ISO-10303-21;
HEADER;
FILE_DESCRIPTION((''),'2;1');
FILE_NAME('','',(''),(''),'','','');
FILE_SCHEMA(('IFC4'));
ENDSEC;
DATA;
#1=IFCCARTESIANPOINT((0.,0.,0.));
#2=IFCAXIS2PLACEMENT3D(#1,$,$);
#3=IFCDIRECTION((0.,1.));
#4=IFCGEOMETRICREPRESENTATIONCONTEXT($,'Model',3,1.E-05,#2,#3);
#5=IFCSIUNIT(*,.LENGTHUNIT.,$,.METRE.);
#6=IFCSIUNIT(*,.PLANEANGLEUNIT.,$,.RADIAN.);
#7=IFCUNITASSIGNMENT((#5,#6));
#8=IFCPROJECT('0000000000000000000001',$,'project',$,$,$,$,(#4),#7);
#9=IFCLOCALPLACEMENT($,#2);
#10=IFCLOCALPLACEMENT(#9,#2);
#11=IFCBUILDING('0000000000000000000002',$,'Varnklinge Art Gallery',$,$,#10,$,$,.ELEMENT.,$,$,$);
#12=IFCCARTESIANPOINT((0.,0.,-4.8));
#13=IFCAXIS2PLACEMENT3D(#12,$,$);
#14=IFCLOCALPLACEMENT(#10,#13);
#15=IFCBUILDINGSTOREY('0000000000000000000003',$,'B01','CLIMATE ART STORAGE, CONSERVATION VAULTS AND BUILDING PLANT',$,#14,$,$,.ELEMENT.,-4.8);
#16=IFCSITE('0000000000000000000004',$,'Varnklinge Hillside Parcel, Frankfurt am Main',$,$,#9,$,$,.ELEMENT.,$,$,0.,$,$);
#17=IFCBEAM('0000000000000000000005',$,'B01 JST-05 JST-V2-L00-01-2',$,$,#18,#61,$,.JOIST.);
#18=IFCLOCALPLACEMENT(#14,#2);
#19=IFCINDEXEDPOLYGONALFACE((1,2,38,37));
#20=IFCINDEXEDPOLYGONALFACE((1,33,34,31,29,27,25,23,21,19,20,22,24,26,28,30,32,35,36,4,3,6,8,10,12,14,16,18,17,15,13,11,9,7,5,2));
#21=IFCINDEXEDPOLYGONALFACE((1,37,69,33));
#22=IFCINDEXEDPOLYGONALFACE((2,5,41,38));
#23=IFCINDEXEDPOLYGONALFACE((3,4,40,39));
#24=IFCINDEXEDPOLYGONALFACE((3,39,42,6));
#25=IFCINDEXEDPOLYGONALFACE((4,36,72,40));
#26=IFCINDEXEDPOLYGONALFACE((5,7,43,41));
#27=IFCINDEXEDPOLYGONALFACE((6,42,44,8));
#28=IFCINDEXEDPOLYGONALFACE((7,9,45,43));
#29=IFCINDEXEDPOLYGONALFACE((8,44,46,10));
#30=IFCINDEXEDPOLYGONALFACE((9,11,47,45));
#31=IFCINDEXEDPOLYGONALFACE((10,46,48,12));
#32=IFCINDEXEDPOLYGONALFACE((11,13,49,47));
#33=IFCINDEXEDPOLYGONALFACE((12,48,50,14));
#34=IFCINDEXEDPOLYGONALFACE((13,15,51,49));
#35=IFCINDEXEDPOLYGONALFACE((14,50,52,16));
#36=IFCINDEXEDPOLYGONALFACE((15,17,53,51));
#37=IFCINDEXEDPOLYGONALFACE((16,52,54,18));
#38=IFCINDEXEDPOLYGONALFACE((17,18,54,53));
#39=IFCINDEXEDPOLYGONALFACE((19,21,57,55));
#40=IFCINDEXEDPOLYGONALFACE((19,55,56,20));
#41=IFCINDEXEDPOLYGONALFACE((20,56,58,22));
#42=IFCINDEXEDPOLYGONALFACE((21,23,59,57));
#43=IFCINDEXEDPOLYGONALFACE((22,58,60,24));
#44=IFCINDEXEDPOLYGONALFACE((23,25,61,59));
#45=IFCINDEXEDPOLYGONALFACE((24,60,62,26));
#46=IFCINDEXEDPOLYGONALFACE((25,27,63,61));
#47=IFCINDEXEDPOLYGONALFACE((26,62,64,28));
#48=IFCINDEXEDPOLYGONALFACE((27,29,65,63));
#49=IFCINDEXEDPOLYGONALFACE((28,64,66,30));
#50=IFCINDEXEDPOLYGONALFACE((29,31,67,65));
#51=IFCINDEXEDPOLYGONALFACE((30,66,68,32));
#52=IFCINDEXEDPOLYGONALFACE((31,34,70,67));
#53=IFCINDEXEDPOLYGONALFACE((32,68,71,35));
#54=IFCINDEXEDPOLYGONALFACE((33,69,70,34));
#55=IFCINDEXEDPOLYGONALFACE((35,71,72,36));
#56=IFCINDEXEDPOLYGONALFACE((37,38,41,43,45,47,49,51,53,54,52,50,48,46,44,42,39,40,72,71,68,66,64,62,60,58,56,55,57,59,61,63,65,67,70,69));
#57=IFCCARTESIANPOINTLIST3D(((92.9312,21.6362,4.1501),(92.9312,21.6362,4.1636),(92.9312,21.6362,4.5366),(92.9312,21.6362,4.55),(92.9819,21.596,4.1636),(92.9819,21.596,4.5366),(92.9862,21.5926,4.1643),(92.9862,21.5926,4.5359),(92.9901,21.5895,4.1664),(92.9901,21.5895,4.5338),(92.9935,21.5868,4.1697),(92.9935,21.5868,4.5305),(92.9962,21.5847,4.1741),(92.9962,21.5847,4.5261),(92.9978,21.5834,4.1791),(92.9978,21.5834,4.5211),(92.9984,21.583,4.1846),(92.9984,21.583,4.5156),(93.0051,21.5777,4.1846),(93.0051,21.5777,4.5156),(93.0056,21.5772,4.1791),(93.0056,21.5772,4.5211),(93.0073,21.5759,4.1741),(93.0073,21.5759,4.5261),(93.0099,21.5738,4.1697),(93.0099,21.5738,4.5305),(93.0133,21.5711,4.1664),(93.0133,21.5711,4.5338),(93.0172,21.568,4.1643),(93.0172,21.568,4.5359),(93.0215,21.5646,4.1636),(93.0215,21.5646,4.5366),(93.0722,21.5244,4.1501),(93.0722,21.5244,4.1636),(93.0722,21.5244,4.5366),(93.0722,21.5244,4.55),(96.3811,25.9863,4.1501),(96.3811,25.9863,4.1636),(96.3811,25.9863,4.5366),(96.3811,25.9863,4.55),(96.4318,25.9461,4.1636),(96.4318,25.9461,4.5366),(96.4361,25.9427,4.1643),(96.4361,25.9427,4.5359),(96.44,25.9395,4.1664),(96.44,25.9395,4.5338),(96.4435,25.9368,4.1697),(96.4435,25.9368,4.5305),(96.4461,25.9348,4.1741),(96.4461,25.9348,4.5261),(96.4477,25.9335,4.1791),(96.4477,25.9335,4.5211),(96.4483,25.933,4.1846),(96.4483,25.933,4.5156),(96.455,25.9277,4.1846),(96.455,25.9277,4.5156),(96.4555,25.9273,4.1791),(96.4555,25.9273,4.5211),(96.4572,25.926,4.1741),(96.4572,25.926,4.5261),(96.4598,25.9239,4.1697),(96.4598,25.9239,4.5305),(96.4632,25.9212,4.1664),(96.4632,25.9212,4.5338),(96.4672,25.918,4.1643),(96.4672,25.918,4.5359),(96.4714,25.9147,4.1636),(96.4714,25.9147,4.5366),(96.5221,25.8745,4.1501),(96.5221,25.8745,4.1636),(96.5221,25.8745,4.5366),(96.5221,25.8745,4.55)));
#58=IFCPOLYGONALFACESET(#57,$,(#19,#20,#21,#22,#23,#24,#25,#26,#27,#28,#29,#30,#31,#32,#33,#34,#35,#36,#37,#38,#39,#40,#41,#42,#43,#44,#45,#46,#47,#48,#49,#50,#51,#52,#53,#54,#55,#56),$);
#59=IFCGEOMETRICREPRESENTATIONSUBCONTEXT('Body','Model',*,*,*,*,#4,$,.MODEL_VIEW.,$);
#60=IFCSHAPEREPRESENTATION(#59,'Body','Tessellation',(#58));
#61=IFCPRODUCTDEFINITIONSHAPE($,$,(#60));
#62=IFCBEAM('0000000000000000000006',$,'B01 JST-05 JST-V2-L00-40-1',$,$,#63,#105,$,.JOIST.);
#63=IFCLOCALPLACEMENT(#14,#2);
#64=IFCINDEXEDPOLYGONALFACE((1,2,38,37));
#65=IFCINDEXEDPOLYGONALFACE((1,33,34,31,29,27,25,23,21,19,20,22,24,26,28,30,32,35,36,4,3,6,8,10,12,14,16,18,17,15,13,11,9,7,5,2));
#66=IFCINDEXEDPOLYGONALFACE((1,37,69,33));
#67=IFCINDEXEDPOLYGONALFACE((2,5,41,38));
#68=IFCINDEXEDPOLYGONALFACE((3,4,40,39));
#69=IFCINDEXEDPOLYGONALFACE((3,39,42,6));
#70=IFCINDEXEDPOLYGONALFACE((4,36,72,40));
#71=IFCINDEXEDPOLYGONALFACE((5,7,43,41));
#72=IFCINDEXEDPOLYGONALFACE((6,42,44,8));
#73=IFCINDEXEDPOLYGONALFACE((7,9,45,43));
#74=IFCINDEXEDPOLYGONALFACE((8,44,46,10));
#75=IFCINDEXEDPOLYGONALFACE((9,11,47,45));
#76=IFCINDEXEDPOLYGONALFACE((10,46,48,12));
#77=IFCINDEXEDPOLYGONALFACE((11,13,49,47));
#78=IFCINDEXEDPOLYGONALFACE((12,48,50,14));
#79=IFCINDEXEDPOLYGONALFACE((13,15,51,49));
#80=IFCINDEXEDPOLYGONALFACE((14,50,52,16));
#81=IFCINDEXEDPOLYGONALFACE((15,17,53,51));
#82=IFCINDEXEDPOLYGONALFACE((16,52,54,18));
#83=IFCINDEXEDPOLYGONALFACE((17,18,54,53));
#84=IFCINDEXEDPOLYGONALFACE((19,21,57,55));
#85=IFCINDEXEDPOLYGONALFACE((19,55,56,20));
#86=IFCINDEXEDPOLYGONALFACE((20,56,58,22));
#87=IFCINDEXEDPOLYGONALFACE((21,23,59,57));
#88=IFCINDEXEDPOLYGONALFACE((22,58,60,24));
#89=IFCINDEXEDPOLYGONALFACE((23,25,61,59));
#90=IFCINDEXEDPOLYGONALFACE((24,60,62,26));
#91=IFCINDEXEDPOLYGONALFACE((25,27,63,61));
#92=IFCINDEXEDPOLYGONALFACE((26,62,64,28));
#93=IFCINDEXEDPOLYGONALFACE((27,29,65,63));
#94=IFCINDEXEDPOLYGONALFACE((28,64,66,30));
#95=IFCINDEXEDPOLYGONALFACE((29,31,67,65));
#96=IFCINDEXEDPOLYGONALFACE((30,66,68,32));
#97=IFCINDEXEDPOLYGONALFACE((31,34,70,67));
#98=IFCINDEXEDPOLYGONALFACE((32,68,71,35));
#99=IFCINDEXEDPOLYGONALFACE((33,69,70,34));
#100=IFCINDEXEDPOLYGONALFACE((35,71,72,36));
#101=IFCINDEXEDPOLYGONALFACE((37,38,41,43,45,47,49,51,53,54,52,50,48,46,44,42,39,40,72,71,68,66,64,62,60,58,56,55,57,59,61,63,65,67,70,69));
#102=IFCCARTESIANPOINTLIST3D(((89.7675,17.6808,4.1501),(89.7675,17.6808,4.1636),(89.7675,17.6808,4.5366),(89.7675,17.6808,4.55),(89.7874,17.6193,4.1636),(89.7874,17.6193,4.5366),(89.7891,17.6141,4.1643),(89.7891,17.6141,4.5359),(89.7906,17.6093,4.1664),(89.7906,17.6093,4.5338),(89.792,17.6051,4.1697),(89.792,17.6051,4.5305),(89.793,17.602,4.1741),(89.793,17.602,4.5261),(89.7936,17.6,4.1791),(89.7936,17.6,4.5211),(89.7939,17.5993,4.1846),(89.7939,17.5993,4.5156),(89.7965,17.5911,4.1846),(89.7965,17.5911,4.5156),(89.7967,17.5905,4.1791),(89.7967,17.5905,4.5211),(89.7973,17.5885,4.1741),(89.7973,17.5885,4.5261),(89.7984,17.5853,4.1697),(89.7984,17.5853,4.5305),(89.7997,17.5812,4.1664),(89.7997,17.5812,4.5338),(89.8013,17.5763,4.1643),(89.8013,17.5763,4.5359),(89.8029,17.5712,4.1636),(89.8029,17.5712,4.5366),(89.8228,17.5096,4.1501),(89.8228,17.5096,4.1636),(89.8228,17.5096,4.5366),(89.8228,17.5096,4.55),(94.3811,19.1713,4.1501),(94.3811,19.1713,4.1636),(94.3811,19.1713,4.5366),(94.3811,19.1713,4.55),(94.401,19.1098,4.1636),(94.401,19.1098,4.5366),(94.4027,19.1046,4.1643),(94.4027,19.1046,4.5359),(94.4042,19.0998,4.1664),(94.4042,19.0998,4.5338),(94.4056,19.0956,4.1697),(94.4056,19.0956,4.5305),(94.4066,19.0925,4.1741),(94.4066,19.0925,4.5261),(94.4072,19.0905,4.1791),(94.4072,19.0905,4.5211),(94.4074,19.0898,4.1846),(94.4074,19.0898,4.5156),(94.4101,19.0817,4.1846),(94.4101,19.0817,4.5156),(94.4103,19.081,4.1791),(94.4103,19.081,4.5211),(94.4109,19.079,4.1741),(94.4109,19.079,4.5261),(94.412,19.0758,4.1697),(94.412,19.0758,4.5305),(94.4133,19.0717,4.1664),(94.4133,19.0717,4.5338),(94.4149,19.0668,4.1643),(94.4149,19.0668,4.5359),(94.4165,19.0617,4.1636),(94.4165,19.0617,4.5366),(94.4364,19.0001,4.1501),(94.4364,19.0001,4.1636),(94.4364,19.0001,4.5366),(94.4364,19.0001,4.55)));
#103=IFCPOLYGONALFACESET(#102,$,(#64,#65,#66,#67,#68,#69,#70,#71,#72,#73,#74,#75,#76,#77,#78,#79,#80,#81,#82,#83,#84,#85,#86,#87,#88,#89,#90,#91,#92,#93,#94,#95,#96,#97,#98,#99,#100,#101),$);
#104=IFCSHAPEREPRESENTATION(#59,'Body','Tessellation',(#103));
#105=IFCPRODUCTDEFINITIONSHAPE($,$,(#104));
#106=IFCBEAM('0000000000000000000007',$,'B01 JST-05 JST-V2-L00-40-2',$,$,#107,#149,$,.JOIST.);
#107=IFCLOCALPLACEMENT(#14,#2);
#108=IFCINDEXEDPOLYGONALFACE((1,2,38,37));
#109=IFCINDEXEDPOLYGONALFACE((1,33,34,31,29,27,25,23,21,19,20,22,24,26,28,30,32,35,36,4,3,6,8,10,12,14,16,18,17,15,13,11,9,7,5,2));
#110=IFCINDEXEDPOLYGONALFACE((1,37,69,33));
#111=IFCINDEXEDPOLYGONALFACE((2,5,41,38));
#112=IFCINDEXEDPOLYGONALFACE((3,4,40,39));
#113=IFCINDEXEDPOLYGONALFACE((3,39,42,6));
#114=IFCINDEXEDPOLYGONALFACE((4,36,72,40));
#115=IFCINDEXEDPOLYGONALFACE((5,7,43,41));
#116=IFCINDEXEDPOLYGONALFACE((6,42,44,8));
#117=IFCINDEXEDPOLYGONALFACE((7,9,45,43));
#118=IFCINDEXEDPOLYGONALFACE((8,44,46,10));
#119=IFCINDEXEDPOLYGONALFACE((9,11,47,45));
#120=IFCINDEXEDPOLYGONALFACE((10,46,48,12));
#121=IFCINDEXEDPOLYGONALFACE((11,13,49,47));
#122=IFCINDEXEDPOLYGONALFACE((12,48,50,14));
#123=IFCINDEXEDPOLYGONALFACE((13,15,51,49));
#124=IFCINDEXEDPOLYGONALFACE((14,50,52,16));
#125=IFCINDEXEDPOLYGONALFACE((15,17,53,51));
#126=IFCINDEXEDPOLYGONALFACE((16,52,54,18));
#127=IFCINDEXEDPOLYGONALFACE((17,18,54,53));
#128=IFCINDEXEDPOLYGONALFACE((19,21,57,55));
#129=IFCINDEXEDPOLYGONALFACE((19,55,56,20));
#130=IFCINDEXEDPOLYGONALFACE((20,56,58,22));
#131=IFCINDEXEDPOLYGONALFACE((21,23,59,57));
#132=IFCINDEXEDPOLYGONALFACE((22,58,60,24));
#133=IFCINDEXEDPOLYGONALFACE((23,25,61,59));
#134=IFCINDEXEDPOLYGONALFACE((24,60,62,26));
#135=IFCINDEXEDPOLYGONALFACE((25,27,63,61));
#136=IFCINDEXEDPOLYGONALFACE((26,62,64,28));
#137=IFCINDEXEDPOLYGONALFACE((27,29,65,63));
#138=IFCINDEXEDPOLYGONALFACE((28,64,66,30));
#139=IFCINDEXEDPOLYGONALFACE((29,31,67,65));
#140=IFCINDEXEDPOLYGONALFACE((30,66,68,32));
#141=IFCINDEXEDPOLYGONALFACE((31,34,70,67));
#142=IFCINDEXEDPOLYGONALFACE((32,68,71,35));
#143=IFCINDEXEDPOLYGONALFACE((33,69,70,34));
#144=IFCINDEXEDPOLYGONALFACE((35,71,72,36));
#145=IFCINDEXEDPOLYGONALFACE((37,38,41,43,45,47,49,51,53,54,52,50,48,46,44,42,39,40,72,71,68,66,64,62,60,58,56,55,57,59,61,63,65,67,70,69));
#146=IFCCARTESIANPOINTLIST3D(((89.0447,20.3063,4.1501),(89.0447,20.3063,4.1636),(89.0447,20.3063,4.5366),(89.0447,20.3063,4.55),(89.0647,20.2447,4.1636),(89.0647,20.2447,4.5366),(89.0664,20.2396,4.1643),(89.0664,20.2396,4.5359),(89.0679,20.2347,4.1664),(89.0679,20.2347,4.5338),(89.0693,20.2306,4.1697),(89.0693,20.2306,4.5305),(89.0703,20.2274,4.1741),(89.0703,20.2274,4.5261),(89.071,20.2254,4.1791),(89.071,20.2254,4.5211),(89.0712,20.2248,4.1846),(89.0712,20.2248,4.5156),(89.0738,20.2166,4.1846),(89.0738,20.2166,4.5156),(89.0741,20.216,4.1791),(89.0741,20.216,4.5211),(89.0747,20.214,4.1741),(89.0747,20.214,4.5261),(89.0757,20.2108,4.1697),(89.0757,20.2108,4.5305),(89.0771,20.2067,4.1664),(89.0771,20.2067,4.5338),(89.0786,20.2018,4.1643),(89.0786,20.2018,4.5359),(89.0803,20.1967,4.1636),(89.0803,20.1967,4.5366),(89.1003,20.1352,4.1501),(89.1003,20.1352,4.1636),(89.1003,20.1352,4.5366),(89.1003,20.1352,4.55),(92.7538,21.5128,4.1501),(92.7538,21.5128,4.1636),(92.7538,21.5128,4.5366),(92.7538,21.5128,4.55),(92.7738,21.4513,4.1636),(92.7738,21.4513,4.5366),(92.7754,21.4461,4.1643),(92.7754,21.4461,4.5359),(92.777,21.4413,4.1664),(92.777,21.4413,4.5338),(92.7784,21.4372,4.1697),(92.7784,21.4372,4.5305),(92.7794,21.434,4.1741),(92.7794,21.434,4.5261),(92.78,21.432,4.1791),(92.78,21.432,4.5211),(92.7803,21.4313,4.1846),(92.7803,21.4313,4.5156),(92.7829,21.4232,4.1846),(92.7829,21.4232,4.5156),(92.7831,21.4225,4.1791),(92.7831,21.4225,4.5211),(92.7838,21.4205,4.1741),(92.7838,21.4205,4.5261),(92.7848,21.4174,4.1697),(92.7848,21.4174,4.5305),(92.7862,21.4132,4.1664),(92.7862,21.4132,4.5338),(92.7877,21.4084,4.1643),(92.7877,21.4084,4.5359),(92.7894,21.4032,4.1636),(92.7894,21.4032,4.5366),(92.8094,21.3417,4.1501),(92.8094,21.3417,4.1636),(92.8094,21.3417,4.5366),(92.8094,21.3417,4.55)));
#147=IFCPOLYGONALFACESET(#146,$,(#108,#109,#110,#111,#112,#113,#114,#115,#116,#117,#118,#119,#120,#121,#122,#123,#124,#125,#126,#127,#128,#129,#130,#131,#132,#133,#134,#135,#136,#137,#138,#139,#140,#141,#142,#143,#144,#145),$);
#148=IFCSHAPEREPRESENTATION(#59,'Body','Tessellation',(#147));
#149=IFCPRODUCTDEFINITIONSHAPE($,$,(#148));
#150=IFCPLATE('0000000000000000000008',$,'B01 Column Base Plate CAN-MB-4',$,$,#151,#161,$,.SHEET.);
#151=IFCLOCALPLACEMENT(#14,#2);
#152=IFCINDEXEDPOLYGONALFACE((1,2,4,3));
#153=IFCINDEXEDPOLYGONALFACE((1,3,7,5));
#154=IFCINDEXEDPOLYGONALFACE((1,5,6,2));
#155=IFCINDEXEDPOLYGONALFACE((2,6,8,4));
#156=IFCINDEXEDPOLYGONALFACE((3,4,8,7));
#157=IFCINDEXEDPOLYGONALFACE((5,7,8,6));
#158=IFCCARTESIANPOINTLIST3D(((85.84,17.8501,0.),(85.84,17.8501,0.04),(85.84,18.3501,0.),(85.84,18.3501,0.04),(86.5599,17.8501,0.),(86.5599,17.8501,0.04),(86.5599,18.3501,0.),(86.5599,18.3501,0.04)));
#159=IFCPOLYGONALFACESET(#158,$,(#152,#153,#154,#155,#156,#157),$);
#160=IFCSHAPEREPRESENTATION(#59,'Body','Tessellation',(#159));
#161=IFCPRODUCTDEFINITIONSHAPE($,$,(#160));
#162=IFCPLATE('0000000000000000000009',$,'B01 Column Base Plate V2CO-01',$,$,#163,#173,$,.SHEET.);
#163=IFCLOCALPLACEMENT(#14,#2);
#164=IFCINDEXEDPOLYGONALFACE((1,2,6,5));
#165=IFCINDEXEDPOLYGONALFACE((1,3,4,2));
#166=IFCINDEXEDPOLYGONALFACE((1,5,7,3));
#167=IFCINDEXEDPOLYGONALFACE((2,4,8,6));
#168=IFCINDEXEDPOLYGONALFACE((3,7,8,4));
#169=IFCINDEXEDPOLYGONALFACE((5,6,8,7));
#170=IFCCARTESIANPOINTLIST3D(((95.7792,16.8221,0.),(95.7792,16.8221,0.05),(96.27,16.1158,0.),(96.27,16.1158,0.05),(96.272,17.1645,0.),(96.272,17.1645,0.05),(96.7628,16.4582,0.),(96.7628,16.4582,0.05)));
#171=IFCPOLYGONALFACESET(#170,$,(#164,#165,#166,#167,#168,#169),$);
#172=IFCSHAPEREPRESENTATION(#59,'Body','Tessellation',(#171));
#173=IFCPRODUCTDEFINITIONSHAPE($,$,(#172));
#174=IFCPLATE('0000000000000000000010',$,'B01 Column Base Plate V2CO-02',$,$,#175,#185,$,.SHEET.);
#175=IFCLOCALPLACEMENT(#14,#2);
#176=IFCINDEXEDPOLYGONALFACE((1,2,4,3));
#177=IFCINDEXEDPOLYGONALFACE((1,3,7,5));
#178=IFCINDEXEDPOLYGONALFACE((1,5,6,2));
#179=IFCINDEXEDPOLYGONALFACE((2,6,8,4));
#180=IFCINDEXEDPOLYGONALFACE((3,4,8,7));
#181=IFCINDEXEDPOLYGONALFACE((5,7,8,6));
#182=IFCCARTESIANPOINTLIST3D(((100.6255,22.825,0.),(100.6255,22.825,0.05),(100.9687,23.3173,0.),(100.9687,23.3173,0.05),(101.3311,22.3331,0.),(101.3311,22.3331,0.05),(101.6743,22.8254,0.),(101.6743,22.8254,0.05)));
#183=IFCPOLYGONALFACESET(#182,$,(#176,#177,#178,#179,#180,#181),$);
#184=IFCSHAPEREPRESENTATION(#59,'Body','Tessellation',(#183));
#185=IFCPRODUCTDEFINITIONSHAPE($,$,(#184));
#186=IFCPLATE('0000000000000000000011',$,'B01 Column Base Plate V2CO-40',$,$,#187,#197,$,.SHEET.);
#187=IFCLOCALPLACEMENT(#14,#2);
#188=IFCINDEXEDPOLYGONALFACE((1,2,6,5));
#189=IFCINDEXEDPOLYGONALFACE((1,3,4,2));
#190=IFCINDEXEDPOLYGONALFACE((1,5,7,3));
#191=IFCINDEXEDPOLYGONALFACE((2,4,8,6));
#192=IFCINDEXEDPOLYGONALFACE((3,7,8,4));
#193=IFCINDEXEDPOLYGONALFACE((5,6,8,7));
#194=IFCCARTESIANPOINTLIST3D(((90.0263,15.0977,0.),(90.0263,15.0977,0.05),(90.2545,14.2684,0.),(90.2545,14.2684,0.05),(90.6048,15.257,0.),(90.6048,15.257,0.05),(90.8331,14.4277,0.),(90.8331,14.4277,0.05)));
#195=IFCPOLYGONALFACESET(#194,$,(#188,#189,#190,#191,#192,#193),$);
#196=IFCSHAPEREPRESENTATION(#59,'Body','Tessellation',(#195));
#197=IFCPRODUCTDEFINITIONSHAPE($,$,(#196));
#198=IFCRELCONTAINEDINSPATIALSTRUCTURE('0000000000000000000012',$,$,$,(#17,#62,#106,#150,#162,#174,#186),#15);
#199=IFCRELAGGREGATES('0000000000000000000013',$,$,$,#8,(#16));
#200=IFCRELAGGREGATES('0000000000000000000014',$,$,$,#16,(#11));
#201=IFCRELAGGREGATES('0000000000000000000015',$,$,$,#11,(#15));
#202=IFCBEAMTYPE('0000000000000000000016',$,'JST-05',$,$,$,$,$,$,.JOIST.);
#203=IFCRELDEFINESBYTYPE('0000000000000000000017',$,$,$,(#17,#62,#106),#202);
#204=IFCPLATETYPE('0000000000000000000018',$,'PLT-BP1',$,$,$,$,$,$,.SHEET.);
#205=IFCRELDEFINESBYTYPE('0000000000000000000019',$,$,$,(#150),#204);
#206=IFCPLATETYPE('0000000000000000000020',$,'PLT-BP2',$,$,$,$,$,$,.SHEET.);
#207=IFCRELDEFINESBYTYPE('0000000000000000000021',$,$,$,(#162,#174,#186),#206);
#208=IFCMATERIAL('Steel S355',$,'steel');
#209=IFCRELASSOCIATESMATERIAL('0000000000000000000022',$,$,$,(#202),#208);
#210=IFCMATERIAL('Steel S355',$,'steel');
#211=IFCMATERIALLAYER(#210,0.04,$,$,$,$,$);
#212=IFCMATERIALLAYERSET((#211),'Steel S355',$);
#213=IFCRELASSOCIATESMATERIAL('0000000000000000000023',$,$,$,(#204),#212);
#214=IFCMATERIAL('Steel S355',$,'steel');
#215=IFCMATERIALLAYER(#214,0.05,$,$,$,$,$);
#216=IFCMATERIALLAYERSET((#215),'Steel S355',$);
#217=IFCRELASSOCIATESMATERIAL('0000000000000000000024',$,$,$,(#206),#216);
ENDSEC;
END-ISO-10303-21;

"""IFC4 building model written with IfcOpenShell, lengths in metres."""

from ifc_helpers import new_model, si_unit, direction, frame, origin, origin_2d, place, context, subcontext, project, spatial, rectangle, i_section, extrude, material, layer, layer_set, material_profile, profile_set, type_object, element, save


model = new_model("IFC4")

# Units and contexts
model_context = context("Model", 3, precision=1e-05, world=origin(), true_north=direction((0.0, 1.0)))
body_context = subcontext(model_context, "Body", "Model", "MODEL_VIEW")
ifc_project = project(units=[si_unit("LENGTHUNIT", "METRE"), si_unit("PLANEANGLEUNIT", "RADIAN")], contexts=[model_context])

# Site, building, storey
site_placement = place(None, origin())
site = spatial("IfcSite", under=ifc_project, at=site_placement, Name="Varnklinge Hillside Parcel, Frankfurt am Main", CompositionType="ELEMENT", RefElevation=0.0)
building_placement = place(site_placement, origin())
building = spatial("IfcBuilding", under=site, at=building_placement, Name="Varnklinge Art Gallery", CompositionType="ELEMENT")
storey_placement = place(building_placement, frame((0.0, 0.0, -4.8)))
storey = spatial("IfcBuildingStorey", under=building, at=storey_placement, Name="B01", Description="CLIMATE ART STORAGE, CONSERVATION VAULTS AND BUILDING PLANT", CompositionType="ELEMENT", Elevation=-4.8)

# Beams
ifc_material_1 = material(Name="Steel S355", Category="steel")
ifc_material_profile_1 = material_profile(ifc_material_1, i_section(OverallWidth=0.1799, OverallDepth=0.3999, WebThickness=0.0085, FlangeThickness=0.0134, FilletRadius=0.021, at=origin_2d()), Name="IPE 400")
ifc_profile_set_1 = profile_set([ifc_material_profile_1], Name="Steel S355")
beam_type_1 = type_object("IfcBeamType", Name="JST-05", PredefinedType="JOIST", material=ifc_profile_set_1)
beam_1_placement = place(storey_placement, frame((93.0017, 21.5803, 4.3501), z_axis=(0.621381, 0.783509, 0.0), x_axis=(-0.783509, 0.621381, 0.0)))
element("IfcBeam", 1, at=beam_1_placement, inside=storey, type_object=beam_type_1, Name="B01 JST-05 JST-V2-L00-01-2", PredefinedType="JOIST", context=body_context, shape_type="SweptSolid", body=[
    extrude(i_section(OverallWidth=0.1799, OverallDepth=0.3999, WebThickness=0.0085, FlangeThickness=0.0134, FilletRadius=0.021, at=origin_2d()), origin(), (0.0, 0.0, 1.0), 5.552),
])
beam_2_placement = place(storey_placement, frame((89.7952, 17.5952, 4.3501), z_axis=(0.951573, 0.307422, 0.0), x_axis=(-0.307422, 0.951573, 0.0)))
element("IfcBeam", 2, at=beam_2_placement, inside=storey, type_object=beam_type_1, Name="B01 JST-05 JST-V2-L00-40-1", PredefinedType="JOIST", context=body_context, shape_type="SweptSolid", body=[
    extrude(i_section(OverallWidth=0.1799, OverallDepth=0.3999, WebThickness=0.0085, FlangeThickness=0.0134, FilletRadius=0.021, at=origin_2d()), origin(), (0.0, 0.0, 1.0), 4.8484),
])
beam_3_placement = place(storey_placement, frame((89.0725, 20.2207, 4.3501), z_axis=(0.950949, 0.309346, 0.0), x_axis=(-0.309346, 0.950949, 0.0)))
element("IfcBeam", 3, at=beam_3_placement, inside=storey, type_object=beam_type_1, Name="B01 JST-05 JST-V2-L00-40-2", PredefinedType="JOIST", context=body_context, shape_type="SweptSolid", body=[
    extrude(i_section(OverallWidth=0.1799, OverallDepth=0.3999, WebThickness=0.0085, FlangeThickness=0.0134, FilletRadius=0.021, at=origin_2d()), origin(), (0.0, 0.0, 1.0), 3.9004),
])

# Plates
ifc_material_2 = material(Name="Steel S355", Category="steel")
ifc_layer_1 = layer(ifc_material_2, 0.04)
ifc_layer_set_1 = layer_set([ifc_layer_1], Name="Steel S355")
plate_type_1 = type_object("IfcPlateType", Name="PLT-BP1", PredefinedType="SHEET", material=ifc_layer_set_1)
plate_placement = place(storey_placement, frame((86.2, 18.1001, 0.0), z_axis=(0.0, 0.0, 1.0), x_axis=(1.0, 0.0, 0.0)))
element("IfcPlate", 4, at=plate_placement, inside=storey, type_object=plate_type_1, Name="B01 Column Base Plate CAN-MB-4", PredefinedType="SHEET", context=body_context, shape_type="SweptSolid", body=[
    extrude(rectangle(XDim=0.72, YDim=0.5, at=origin_2d()), origin(), (0.0, 0.0, 1.0), 0.04),
])
ifc_material_3 = material(Name="Steel S355", Category="steel")
ifc_layer_2 = layer(ifc_material_3, 0.05)
ifc_layer_set_2 = layer_set([ifc_layer_2], Name="Steel S355")
plate_type_2 = type_object("IfcPlateType", Name="PLT-BP2", PredefinedType="SHEET", material=ifc_layer_set_2)
for number, where, z_axis, x_axis, name in (
    (5, (96.271, 16.6401, 0.0), (0.0, 0.0, 1.0), (-0.57057, 0.821249, 0.0), "B01 Column Base Plate V2CO-01"),
    (6, (101.1499, 22.8252, 0.0), (0.0, 0.0, 1.0), (-0.820352, 0.57186, 0.0), "B01 Column Base Plate V2CO-02"),
    (7, (90.4297, 14.7627, 0.0), (0.0, 0.0, 1.0), (-0.265388, 0.964142, 0.0), "B01 Column Base Plate V2CO-40"),
):
    element("IfcPlate", number, at=place(storey_placement, frame(where, z_axis=z_axis, x_axis=x_axis)), inside=storey, type_object=plate_type_2, Name=name, PredefinedType="SHEET", context=body_context, shape_type="SweptSolid", body=[
        extrude(rectangle(XDim=0.8601, YDim=0.6001, at=origin_2d()), origin(), (0.0, 0.0, 1.0), 0.05),
    ])

save(model, "model.ifc")
